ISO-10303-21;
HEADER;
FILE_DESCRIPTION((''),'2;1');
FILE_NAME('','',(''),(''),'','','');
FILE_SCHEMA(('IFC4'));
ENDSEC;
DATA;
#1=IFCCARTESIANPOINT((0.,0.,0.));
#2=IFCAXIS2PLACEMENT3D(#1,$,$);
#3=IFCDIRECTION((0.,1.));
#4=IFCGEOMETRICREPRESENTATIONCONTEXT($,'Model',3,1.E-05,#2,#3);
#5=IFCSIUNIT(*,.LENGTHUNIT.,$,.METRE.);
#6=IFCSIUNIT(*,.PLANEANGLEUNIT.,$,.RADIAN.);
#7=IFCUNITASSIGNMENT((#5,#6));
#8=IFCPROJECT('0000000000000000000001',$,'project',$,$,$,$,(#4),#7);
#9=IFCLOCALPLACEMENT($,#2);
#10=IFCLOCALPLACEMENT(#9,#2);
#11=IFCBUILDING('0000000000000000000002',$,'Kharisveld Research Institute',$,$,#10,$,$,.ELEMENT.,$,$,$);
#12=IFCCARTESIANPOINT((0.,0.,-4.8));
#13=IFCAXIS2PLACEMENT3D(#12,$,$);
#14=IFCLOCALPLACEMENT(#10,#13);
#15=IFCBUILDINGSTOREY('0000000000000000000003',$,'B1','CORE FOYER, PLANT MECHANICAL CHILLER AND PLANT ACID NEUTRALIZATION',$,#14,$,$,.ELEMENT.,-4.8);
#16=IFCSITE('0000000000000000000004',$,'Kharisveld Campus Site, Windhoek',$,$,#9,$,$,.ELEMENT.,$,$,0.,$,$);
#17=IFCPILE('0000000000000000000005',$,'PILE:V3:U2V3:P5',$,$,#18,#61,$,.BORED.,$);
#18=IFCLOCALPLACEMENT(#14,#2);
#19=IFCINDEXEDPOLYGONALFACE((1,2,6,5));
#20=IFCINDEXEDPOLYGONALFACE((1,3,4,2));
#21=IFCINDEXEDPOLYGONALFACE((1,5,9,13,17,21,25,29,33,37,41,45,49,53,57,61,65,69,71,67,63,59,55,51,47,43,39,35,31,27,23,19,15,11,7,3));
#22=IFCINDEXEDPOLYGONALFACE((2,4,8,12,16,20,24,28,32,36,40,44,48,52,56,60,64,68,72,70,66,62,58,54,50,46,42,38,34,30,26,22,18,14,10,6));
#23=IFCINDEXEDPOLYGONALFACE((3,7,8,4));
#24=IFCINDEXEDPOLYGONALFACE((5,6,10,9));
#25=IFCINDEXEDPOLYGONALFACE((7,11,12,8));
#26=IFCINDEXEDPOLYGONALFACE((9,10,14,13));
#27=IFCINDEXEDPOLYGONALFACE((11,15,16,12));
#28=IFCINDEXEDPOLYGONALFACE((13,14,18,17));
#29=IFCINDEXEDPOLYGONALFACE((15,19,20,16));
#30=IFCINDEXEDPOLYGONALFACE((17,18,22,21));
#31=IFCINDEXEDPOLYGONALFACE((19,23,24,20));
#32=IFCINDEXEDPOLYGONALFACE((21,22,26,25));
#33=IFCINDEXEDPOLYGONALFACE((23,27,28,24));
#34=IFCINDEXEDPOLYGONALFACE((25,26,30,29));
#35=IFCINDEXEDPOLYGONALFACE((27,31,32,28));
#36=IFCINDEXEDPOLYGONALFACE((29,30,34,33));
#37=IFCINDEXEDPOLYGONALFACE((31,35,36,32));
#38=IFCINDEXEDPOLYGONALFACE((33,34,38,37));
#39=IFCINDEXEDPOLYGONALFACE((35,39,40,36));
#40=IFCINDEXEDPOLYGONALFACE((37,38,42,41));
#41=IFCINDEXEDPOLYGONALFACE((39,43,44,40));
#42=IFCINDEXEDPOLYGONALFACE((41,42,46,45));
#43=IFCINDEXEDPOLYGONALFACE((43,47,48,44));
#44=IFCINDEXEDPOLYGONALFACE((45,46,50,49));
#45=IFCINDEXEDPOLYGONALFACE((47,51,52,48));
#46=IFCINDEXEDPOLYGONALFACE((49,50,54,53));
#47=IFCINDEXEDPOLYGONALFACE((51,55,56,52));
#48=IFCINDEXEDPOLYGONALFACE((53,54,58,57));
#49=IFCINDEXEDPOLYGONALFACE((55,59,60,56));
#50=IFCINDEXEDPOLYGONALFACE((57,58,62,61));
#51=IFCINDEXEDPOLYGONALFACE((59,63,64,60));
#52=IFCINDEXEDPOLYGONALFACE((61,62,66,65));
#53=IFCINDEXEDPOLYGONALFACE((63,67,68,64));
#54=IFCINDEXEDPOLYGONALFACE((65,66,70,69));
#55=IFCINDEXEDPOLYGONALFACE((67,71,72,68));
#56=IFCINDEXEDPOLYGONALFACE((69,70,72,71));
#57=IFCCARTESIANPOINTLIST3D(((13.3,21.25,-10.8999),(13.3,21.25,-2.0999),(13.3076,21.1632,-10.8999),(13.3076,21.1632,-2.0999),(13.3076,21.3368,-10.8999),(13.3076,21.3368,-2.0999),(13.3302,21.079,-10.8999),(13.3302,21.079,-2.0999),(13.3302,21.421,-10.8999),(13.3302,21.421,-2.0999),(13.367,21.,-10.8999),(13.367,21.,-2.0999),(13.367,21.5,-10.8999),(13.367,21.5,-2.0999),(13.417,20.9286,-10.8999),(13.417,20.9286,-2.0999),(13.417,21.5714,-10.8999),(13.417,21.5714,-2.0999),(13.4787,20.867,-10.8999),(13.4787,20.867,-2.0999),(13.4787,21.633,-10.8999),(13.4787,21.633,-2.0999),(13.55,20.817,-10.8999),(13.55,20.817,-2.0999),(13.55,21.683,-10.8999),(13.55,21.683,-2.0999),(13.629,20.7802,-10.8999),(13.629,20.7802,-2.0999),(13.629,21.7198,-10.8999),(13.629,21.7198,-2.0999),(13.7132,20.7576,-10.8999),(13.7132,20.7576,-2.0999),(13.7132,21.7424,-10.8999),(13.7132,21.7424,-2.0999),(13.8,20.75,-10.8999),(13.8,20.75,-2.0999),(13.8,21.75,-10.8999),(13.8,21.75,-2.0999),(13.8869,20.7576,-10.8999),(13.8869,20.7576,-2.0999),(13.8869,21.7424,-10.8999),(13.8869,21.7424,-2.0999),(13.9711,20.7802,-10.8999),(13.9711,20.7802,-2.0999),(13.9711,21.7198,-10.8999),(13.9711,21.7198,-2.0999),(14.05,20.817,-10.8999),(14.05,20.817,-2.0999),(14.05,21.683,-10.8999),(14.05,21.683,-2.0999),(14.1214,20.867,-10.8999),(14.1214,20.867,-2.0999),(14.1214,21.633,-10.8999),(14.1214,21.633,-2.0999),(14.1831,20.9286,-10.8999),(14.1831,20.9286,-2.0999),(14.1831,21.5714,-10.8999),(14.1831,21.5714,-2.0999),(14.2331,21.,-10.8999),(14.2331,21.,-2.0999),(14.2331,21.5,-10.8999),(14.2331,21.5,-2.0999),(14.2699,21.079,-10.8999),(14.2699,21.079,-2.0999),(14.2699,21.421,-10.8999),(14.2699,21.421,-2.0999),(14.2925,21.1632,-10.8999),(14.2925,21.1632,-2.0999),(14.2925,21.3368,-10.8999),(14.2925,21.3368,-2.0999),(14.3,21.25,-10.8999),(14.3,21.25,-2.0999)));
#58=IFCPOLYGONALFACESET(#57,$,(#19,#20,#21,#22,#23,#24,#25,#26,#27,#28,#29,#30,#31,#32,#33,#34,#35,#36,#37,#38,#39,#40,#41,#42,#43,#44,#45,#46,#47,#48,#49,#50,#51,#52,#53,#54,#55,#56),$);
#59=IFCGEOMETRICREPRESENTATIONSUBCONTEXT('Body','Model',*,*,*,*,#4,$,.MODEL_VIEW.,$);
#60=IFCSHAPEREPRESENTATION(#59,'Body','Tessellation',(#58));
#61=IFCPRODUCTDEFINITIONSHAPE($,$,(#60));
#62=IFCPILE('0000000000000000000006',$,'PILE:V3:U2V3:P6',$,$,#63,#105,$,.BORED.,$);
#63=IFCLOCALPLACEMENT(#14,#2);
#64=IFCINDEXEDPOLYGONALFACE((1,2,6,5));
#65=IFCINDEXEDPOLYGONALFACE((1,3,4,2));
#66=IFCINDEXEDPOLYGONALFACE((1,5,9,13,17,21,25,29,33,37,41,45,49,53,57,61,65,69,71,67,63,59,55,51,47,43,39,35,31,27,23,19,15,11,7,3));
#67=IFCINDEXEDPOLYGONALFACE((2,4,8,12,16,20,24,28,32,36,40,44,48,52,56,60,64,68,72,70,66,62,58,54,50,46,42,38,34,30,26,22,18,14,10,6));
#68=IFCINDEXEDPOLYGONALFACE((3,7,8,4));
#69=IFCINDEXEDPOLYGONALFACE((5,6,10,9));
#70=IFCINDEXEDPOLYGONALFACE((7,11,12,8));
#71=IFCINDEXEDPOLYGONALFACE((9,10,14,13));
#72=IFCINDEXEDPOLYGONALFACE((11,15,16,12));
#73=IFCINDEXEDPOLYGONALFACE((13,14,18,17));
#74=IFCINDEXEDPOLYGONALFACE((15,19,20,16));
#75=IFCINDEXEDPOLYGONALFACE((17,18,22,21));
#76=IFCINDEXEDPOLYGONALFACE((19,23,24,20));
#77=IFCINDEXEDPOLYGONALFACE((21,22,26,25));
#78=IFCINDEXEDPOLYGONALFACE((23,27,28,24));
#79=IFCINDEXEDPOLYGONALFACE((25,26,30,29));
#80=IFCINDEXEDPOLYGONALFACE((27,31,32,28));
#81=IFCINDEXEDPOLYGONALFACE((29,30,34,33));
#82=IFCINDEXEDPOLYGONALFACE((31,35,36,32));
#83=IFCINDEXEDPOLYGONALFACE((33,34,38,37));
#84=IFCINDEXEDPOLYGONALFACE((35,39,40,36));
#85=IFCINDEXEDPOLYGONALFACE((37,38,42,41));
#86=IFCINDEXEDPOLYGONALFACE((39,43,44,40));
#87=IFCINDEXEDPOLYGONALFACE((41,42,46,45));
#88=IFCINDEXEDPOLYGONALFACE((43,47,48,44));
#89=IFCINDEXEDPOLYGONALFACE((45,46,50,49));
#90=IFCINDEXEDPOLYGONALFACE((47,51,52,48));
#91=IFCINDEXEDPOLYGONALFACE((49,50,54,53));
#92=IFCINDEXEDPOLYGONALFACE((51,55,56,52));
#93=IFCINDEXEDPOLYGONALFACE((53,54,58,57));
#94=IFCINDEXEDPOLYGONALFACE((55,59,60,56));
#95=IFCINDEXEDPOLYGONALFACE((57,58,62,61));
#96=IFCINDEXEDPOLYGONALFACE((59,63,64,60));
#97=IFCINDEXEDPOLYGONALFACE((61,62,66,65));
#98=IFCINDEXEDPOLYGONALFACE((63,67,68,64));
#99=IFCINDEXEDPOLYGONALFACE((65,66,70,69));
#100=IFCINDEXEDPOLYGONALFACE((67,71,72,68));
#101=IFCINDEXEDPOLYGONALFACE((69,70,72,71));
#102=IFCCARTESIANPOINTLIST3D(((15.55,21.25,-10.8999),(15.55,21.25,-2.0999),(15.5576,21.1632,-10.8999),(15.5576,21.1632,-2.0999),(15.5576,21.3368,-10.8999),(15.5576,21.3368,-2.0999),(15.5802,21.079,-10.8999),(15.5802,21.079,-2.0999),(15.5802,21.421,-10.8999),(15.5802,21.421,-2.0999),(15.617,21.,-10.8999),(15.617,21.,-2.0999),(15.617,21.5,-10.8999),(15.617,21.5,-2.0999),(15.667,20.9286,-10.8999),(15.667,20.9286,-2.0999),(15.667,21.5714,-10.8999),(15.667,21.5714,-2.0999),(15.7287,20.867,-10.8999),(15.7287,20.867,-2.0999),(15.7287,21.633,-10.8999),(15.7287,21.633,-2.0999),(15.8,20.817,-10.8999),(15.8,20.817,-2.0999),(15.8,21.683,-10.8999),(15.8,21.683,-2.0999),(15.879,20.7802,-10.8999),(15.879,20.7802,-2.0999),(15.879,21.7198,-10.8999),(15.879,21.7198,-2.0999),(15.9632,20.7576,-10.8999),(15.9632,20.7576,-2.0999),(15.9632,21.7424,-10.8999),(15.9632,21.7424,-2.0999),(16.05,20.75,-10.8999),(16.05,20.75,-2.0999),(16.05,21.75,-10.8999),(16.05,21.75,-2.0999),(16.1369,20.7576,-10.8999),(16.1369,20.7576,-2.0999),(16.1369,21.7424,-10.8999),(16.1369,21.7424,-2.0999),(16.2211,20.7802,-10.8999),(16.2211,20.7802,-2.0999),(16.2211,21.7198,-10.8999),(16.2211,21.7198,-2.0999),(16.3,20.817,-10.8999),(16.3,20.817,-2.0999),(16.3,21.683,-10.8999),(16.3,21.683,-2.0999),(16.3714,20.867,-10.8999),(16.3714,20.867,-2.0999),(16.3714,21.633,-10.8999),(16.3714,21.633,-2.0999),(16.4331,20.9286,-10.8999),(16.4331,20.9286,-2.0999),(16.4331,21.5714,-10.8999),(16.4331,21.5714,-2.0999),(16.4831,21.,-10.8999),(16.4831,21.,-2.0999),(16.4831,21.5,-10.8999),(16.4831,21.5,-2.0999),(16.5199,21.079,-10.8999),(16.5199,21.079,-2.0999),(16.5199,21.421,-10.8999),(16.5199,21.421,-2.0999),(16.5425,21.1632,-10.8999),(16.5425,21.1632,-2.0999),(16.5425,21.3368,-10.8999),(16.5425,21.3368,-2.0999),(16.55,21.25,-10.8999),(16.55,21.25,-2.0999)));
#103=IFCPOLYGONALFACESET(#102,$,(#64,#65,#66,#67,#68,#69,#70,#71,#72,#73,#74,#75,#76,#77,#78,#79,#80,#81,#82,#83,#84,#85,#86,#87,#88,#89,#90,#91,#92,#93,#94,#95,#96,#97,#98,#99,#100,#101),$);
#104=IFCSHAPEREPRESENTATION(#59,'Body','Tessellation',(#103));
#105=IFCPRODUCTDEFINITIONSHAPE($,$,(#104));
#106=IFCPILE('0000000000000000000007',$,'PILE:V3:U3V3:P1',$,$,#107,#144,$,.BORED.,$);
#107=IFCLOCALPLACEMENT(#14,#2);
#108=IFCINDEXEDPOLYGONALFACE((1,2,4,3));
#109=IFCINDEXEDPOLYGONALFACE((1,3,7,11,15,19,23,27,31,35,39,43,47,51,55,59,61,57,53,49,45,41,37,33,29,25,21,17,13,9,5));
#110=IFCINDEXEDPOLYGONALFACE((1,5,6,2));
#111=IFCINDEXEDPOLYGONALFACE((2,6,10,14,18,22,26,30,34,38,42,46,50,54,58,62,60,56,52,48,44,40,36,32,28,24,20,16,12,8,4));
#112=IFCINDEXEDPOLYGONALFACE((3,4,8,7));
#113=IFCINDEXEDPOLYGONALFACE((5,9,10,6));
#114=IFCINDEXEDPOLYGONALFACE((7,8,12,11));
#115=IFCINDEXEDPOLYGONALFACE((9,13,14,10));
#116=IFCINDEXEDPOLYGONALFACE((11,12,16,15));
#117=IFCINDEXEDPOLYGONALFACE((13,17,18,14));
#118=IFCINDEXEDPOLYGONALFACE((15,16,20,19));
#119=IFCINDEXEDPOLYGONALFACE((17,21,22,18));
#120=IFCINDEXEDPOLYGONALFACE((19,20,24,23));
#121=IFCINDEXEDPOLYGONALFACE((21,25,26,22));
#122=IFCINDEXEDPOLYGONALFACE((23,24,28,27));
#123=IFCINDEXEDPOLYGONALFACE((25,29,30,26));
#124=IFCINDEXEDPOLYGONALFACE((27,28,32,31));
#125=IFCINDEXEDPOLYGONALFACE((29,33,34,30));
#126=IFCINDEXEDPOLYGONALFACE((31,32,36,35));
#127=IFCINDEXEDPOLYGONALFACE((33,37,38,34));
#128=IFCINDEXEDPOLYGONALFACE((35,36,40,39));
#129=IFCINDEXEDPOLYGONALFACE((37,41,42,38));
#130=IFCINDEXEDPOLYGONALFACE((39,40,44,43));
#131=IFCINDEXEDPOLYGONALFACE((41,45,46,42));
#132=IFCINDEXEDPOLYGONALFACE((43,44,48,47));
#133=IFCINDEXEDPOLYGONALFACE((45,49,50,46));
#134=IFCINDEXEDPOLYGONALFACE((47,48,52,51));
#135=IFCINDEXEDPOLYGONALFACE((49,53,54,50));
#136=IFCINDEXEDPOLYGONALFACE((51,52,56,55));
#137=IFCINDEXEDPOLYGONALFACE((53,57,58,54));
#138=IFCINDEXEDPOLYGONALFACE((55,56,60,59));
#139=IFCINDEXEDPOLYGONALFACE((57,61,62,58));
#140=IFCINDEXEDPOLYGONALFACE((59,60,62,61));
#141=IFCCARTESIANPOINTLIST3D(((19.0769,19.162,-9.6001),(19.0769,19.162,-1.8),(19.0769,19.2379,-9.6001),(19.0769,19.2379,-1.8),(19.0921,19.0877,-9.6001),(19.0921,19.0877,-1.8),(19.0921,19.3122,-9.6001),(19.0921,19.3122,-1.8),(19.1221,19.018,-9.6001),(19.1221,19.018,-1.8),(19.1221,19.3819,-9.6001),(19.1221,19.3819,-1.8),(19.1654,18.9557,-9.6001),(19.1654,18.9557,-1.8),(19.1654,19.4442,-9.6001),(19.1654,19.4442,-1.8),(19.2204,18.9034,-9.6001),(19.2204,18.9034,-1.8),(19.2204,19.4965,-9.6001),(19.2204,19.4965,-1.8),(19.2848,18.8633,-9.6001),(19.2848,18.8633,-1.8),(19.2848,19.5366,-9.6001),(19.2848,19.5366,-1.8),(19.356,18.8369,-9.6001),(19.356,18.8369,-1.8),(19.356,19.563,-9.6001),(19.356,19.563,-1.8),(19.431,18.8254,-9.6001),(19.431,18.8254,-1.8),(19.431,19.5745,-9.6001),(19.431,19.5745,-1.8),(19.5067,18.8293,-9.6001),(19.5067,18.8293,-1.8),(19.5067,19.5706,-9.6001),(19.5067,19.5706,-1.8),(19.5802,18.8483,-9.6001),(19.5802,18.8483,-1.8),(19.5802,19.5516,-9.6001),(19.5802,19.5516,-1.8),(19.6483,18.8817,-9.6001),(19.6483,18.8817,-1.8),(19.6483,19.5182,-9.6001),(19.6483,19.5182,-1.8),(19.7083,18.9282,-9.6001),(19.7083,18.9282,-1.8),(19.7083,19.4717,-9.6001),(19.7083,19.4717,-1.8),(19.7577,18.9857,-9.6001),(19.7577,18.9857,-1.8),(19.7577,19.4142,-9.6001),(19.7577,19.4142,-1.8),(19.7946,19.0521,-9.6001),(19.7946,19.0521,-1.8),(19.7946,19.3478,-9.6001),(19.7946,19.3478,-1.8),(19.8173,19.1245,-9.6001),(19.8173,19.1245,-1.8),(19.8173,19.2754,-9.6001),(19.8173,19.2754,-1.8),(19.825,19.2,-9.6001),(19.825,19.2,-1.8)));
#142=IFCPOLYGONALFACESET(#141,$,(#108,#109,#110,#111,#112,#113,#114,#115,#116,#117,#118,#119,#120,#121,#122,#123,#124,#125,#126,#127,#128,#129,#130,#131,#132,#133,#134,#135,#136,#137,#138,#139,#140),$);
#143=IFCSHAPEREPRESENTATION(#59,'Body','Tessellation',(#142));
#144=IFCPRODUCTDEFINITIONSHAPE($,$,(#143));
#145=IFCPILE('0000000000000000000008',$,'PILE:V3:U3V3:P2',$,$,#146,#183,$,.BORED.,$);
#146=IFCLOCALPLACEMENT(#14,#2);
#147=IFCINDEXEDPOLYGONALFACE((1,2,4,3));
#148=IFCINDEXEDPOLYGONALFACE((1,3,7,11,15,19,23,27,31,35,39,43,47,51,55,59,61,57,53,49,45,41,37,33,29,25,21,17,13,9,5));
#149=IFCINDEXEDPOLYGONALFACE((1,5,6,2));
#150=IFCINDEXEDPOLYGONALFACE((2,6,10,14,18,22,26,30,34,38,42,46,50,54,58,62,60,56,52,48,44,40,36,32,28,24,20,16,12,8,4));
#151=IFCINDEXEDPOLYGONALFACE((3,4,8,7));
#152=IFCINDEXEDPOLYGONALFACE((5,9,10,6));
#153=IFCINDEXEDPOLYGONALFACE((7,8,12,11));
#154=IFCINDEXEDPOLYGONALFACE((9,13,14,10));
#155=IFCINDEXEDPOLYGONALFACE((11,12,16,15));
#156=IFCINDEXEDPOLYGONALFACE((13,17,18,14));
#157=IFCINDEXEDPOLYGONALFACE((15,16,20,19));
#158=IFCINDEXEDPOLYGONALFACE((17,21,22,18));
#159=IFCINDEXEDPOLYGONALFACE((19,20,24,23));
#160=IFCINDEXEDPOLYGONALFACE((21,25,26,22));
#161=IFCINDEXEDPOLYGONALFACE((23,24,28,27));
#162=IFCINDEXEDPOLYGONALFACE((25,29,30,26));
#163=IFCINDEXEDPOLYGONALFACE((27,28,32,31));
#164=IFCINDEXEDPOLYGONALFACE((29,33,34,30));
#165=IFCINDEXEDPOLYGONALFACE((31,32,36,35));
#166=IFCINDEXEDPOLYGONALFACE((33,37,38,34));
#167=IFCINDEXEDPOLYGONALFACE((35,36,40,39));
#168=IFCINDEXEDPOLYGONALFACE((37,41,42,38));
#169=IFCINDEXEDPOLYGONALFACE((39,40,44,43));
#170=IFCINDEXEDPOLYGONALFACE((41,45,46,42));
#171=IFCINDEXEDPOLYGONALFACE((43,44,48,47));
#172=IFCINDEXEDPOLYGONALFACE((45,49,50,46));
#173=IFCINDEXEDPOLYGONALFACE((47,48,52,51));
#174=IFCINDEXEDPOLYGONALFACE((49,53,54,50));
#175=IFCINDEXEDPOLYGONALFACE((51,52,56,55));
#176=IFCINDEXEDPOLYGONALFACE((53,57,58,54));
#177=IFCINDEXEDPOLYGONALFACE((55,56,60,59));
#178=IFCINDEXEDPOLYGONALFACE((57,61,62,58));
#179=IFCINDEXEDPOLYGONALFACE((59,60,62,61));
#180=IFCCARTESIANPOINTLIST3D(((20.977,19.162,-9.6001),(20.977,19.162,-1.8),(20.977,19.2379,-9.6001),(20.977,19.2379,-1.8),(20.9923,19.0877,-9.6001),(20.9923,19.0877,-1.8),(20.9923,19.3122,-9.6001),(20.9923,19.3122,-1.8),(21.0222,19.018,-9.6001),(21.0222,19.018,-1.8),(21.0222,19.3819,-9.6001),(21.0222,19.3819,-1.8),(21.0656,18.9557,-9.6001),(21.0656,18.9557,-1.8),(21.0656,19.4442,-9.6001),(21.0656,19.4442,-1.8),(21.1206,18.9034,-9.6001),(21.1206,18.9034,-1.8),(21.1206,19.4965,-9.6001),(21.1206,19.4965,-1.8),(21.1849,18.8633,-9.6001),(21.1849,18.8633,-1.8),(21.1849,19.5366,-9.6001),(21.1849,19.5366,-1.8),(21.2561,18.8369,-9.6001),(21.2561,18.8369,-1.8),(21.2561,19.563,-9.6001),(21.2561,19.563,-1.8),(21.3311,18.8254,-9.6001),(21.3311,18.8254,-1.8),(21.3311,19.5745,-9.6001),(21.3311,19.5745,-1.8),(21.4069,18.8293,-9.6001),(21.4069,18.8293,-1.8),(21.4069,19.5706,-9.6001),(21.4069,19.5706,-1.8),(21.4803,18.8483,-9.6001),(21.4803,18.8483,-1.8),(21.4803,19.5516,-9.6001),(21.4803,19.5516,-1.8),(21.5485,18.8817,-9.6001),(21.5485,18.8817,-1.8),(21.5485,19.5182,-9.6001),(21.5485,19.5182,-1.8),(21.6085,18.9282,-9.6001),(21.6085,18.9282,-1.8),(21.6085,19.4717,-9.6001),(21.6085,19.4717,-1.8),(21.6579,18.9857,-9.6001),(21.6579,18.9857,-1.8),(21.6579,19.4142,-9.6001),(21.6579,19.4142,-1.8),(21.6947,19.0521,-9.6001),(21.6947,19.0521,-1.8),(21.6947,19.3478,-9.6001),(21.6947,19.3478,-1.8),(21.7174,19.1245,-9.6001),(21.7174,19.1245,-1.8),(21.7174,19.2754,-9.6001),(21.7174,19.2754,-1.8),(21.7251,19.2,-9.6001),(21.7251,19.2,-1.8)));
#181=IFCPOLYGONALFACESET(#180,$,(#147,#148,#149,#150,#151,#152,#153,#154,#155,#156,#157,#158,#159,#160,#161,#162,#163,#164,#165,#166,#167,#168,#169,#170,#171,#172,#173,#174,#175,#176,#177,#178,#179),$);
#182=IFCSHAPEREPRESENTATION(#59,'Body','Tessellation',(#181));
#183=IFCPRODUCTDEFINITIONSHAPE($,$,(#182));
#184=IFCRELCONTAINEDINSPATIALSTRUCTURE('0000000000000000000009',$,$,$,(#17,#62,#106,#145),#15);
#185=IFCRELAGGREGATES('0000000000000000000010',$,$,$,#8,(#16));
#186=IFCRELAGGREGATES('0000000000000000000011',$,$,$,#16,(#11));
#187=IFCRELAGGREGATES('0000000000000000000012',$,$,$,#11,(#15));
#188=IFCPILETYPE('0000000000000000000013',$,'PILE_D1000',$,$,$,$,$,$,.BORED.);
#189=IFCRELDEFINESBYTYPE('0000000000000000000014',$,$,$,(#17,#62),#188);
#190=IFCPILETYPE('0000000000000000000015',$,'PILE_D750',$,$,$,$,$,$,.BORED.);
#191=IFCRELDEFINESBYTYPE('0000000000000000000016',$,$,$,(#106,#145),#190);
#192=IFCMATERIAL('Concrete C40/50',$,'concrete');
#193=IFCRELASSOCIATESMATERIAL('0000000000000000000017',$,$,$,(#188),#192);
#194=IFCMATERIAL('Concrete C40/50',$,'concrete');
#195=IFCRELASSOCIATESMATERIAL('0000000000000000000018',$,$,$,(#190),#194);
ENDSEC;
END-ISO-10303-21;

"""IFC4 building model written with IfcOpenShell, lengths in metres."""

from ifc_helpers import new_model, si_unit, direction, frame, origin, origin_2d, place, context, subcontext, project, spatial, circle, extrude, material, material_profile, profile_set, type_object, element, save


model = new_model("IFC4")

# Units and contexts
model_context = context("Model", 3, precision=1e-05, world=origin(), true_north=direction((0.0, 1.0)))
body_context = subcontext(model_context, "Body", "Model", "MODEL_VIEW")
ifc_project = project(units=[si_unit("LENGTHUNIT", "METRE"), si_unit("PLANEANGLEUNIT", "RADIAN")], contexts=[model_context])

# Site, building, storey
site_placement = place(None, origin())
site = spatial("IfcSite", under=ifc_project, at=site_placement, Name="Kharisveld Campus Site, Windhoek", CompositionType="ELEMENT", RefElevation=0.0)
building_placement = place(site_placement, origin())
building = spatial("IfcBuilding", under=site, at=building_placement, Name="Kharisveld Research Institute", CompositionType="ELEMENT")
storey_placement = place(building_placement, frame((0.0, 0.0, -4.8)))
storey = spatial("IfcBuildingStorey", under=building, at=storey_placement, Name="B1", Description="CORE FOYER, PLANT MECHANICAL CHILLER AND PLANT ACID NEUTRALIZATION", CompositionType="ELEMENT", Elevation=-4.8)

# Piles
ifc_material_1 = material(Name="Concrete C40/50", Category="concrete")
ifc_material_profile_1 = material_profile(ifc_material_1, circle(Radius=0.5, at=origin_2d()))
ifc_profile_set_1 = profile_set([ifc_material_profile_1], Name="Concrete C40/50")
pile_type_1 = type_object("IfcPileType", Name="PILE_D1000", PredefinedType="BORED", material=ifc_profile_set_1)
for number, where, z_axis, x_axis, name in (
    (1, (13.8, 21.25, -2.0999), (0.0, 0.0, -1.0), (1.0, 0.0, 0.0), "PILE:V3:U2V3:P5"),
    (2, (16.05, 21.25, -2.0999), (0.0, 0.0, -1.0), (1.0, 0.0, 0.0), "PILE:V3:U2V3:P6"),
):
    element("IfcPile", number, at=place(storey_placement, frame(where, z_axis=z_axis, x_axis=x_axis)), inside=storey, type_object=pile_type_1, Name=name, PredefinedType="BORED", context=body_context, shape_type="SweptSolid", body=[
        extrude(circle(Radius=0.5, at=origin_2d()), origin(), (0.0, 0.0, 1.0), 8.8),
    ])
ifc_material_2 = material(Name="Concrete C40/50", Category="concrete")
ifc_material_profile_2 = material_profile(ifc_material_2, circle(Radius=0.375, at=origin_2d()))
ifc_profile_set_2 = profile_set([ifc_material_profile_2], Name="Concrete C40/50")
pile_type_2 = type_object("IfcPileType", Name="PILE_D750", PredefinedType="BORED", material=ifc_profile_set_2)
for number, where, z_axis, x_axis, name in (
    (3, (19.45, 19.2, -1.8), (0.0, 0.0, -1.0), (1.0, 0.0, 0.0), "PILE:V3:U3V3:P1"),
    (4, (21.3501, 19.2, -1.8), (0.0, 0.0, -1.0), (1.0, 0.0, 0.0), "PILE:V3:U3V3:P2"),
):
    element("IfcPile", number, at=place(storey_placement, frame(where, z_axis=z_axis, x_axis=x_axis)), inside=storey, type_object=pile_type_2, Name=name, PredefinedType="BORED", context=body_context, shape_type="SweptSolid", body=[
        extrude(circle(Radius=0.375, at=origin_2d()), origin(), (0.0, 0.0, 1.0), 7.8),
    ])

save(model, "model.ifc")
